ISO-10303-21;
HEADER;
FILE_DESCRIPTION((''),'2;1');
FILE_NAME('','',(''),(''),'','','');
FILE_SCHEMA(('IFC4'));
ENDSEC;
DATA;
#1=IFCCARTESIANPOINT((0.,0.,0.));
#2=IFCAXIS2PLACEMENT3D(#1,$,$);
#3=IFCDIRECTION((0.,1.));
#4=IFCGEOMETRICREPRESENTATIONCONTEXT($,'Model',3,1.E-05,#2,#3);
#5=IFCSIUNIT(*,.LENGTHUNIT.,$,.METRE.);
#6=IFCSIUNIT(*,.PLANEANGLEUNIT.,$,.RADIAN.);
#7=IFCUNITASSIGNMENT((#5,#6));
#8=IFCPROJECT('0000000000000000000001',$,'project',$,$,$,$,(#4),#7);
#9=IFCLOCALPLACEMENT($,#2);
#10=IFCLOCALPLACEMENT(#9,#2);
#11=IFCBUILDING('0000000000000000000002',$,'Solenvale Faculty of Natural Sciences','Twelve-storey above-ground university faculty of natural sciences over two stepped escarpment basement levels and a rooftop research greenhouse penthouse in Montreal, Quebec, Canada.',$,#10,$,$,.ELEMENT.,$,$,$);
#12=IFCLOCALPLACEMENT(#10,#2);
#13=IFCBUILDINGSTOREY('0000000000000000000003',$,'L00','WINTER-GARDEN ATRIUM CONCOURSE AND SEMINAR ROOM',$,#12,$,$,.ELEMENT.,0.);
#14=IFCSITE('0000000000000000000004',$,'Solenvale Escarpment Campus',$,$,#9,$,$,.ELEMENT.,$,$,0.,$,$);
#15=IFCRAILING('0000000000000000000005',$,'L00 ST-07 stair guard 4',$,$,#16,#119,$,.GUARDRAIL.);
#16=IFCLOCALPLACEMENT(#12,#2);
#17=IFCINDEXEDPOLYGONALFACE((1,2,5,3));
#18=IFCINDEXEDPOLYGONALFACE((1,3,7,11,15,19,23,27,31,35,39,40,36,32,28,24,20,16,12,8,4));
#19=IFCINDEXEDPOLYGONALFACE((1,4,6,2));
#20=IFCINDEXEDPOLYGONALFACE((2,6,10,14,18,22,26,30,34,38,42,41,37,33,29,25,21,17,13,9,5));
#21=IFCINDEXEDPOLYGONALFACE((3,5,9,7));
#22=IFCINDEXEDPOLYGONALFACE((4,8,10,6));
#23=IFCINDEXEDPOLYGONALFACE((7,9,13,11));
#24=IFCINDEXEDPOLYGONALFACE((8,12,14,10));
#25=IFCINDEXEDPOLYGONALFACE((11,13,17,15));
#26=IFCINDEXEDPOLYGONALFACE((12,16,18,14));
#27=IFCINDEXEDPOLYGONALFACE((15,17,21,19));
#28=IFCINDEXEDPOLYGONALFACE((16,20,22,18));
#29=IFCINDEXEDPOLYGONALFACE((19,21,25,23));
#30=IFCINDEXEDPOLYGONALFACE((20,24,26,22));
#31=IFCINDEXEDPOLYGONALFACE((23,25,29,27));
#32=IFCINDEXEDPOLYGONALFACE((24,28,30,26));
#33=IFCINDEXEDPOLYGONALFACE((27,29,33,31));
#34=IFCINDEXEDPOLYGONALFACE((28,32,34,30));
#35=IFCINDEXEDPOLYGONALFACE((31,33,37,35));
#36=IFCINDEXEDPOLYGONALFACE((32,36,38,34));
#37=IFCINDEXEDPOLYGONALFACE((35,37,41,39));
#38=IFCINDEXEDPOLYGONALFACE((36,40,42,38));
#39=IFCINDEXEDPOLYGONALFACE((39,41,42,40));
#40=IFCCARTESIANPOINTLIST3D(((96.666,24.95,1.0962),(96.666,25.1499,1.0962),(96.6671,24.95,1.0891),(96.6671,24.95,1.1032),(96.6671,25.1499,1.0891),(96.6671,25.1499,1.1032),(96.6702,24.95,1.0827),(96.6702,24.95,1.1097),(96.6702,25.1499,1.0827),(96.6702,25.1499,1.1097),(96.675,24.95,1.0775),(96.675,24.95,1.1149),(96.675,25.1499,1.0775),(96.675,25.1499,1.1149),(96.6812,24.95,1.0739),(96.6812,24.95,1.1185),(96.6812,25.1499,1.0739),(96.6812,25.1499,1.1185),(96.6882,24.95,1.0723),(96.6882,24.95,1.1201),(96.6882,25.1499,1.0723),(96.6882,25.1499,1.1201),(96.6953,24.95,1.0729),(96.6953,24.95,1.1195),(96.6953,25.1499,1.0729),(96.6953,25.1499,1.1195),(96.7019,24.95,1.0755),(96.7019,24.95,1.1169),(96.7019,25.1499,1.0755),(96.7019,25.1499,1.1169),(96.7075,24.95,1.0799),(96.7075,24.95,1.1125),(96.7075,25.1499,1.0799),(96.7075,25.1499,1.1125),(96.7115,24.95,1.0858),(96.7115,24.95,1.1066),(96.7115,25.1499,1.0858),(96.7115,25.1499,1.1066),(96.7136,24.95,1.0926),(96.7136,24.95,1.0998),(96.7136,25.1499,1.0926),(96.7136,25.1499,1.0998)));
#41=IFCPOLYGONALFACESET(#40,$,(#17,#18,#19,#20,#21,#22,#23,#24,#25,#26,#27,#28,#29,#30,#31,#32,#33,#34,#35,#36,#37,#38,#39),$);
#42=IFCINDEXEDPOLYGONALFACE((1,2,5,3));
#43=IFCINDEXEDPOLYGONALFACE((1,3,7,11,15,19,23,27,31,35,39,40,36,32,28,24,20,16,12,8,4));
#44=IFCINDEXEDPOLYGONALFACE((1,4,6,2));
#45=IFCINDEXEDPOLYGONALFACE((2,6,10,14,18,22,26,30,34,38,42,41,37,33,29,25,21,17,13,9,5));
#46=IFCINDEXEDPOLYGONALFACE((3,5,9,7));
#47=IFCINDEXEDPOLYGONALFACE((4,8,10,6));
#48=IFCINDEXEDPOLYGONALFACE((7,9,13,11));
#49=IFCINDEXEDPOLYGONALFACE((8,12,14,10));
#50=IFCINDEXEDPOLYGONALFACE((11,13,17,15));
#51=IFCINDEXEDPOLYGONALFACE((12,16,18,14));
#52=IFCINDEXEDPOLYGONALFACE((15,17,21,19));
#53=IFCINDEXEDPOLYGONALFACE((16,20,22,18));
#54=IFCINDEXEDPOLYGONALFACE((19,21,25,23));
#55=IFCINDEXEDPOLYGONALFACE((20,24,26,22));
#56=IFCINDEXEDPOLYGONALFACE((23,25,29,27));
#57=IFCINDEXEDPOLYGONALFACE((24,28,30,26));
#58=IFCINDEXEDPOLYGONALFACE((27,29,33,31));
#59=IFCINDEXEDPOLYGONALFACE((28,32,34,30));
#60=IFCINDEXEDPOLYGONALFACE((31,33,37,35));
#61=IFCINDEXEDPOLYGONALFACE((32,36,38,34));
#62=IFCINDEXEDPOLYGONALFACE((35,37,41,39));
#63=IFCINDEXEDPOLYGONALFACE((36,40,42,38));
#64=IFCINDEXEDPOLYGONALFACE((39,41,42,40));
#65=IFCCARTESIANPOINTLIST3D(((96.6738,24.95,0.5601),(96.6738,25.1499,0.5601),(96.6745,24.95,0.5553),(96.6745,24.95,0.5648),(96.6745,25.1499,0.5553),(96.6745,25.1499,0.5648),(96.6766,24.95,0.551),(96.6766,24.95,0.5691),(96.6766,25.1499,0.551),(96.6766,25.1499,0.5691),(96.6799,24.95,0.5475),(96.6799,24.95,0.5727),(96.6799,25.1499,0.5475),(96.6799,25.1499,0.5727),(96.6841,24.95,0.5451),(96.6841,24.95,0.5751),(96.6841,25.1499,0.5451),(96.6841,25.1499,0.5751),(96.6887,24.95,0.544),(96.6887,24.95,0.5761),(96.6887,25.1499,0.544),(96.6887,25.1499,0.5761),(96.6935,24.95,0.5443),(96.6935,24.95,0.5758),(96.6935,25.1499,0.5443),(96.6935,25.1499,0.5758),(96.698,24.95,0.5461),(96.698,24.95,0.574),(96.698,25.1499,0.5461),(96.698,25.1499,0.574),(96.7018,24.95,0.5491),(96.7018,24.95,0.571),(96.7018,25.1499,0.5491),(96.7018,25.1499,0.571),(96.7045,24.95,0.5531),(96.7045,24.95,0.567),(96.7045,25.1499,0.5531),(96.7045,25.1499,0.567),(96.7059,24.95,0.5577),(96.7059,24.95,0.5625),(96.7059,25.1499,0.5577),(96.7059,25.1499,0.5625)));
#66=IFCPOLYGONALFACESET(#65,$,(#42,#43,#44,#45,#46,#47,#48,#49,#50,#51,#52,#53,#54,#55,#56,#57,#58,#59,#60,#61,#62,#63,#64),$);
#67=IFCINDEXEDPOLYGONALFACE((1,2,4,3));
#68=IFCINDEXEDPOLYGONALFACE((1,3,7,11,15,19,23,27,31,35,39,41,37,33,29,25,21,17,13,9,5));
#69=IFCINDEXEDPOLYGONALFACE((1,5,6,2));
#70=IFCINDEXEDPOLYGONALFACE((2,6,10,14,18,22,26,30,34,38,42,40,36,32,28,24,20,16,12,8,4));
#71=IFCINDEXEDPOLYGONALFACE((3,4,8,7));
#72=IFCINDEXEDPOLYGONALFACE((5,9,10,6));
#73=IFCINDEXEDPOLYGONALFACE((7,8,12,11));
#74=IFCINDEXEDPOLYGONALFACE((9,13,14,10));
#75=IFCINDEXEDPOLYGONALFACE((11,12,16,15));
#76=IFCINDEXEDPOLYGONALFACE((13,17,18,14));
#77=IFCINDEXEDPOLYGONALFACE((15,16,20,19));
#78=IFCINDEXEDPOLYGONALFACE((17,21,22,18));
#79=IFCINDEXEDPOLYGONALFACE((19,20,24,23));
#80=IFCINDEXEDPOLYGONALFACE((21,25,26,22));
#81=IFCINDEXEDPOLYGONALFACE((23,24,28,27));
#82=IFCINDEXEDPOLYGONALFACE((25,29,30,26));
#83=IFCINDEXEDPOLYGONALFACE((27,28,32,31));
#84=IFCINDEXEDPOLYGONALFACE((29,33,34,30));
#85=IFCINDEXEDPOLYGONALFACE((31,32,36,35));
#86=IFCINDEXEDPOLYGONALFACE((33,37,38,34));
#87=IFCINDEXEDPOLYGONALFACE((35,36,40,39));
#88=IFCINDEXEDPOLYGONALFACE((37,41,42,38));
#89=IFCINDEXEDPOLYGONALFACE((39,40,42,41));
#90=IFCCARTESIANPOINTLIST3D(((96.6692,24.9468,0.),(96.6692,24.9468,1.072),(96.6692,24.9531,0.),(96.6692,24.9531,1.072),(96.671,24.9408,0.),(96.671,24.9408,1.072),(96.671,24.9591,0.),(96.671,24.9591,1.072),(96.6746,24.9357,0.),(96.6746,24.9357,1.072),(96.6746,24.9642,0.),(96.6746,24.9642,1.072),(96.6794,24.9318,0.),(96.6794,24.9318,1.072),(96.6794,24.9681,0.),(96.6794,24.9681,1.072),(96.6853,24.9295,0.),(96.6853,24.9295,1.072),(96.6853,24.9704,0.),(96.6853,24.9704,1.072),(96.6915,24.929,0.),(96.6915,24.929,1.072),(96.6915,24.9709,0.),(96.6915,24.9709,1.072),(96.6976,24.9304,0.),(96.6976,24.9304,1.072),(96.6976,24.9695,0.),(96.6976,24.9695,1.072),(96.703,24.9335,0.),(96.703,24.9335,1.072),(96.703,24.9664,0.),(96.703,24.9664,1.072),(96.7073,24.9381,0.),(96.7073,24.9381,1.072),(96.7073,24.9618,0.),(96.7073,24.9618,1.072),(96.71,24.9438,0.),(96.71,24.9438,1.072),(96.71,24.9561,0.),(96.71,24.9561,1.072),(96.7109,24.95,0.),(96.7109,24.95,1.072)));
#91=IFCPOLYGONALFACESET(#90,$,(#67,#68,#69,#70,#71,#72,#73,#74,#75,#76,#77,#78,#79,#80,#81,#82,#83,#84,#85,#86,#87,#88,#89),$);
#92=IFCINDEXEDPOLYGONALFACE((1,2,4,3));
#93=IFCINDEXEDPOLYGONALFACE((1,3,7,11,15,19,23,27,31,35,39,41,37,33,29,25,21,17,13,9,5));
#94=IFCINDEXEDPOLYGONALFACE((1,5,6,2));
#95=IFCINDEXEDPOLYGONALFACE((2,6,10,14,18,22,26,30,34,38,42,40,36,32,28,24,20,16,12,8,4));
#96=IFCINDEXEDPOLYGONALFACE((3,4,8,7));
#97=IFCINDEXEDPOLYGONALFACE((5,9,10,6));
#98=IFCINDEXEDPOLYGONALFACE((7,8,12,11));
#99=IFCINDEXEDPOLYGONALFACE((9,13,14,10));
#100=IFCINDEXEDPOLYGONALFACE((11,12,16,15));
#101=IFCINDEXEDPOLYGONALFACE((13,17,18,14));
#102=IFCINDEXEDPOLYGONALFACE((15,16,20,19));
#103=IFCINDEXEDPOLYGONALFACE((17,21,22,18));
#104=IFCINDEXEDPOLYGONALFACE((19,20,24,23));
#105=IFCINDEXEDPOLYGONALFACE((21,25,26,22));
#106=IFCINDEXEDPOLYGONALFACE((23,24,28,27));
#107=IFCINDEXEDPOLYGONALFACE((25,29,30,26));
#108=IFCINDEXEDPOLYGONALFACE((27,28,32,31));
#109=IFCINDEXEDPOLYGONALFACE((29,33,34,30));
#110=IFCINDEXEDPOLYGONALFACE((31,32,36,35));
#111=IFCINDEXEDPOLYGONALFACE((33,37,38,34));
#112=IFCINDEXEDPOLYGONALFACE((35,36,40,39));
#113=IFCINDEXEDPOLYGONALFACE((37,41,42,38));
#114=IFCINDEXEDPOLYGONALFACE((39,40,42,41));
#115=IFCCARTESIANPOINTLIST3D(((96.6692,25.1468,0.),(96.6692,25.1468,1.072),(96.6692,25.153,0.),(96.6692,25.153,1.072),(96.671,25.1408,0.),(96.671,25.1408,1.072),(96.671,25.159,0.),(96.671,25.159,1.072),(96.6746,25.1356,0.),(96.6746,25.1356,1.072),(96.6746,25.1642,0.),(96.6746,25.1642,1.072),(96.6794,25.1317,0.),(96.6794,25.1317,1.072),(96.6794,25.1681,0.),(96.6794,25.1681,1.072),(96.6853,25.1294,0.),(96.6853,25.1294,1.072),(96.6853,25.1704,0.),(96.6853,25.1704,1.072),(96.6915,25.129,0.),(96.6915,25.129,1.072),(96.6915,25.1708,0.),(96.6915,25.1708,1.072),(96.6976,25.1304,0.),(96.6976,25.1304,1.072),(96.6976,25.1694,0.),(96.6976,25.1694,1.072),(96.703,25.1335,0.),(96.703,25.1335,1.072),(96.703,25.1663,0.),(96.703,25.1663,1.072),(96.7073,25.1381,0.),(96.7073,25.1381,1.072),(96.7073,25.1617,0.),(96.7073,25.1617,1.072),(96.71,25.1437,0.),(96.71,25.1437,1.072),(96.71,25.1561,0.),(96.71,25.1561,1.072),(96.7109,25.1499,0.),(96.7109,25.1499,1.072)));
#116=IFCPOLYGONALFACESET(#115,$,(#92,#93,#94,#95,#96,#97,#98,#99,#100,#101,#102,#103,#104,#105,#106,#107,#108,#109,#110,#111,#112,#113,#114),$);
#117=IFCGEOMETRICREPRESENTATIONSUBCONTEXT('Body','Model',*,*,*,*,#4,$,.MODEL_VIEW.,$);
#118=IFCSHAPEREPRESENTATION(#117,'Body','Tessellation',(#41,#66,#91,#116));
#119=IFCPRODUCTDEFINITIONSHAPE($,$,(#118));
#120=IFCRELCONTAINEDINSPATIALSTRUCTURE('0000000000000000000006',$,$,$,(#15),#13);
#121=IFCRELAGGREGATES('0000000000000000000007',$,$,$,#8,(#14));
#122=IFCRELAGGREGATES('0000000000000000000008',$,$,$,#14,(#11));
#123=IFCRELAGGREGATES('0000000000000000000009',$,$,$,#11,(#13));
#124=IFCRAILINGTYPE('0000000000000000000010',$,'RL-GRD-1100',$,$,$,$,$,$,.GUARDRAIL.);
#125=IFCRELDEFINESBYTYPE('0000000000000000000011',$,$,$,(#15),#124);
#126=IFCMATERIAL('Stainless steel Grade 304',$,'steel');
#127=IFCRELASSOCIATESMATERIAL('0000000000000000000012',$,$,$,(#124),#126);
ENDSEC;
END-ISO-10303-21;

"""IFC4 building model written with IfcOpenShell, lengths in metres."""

from ifc_helpers import new_model, si_unit, direction, frame, origin, origin_2d, place, context, subcontext, project, spatial, circle, extrude, material, type_object, element, save


model = new_model("IFC4")

# Units and contexts
model_context = context("Model", 3, precision=1e-05, world=origin(), true_north=direction((0.0, 1.0)))
body_context = subcontext(model_context, "Body", "Model", "MODEL_VIEW")
ifc_project = project(units=[si_unit("LENGTHUNIT", "METRE"), si_unit("PLANEANGLEUNIT", "RADIAN")], contexts=[model_context])

# Site, building, storey
site_placement = place(None, origin())
site = spatial("IfcSite", under=ifc_project, at=site_placement, Name="Solenvale Escarpment Campus", CompositionType="ELEMENT", RefElevation=0.0)
building_placement = place(site_placement, origin())
building = spatial("IfcBuilding", under=site, at=building_placement, Name="Solenvale Faculty of Natural Sciences", Description="Twelve-storey above-ground university faculty of natural sciences over two stepped escarpment basement levels and a rooftop research greenhouse penthouse in Montreal, Quebec, Canada.", CompositionType="ELEMENT")
storey_placement = place(building_placement, origin())
storey = spatial("IfcBuildingStorey", under=building, at=storey_placement, Name="L00", Description="WINTER-GARDEN ATRIUM CONCOURSE AND SEMINAR ROOM", CompositionType="ELEMENT", Elevation=0.0)

# Railing
ifc_material_1 = material(Name="Stainless steel Grade 304", Category="steel")
railing_type_1 = type_object("IfcRailingType", Name="RL-GRD-1100", PredefinedType="GUARDRAIL", material=ifc_material_1)
railing_1_placement = place(storey_placement, frame((96.6899, 24.95, 0.0)))
element("IfcRailing", 1, at=railing_1_placement, inside=storey, type_object=railing_type_1, Name="L00 ST-07 stair guard 4", PredefinedType="GUARDRAIL", context=body_context, shape_type="SweptSolid", body=[
    extrude(circle(Radius=0.0239, at=origin_2d()), frame((0.0, 0.0, 1.0962), z_axis=(0.0, 1.0, 0.0), x_axis=(-1.0, 0.0, 0.0)), (0.0, 0.0, 1.0), 0.2),
    extrude(circle(Radius=0.0161, at=origin_2d()), frame((0.0, 0.0, 0.5601), z_axis=(0.0, 1.0, 0.0), x_axis=(-1.0, 0.0, 0.0)), (0.0, 0.0, 1.0), 0.2),
    extrude(circle(Radius=0.021, at=origin_2d()), origin(), (0.0, 0.0, 1.0), 1.072),
    extrude(circle(Radius=0.021, at=origin_2d()), frame((0.0, 0.2, 0.0)), (0.0, 0.0, 1.0), 1.072),
])

save(model, "model.ifc")
